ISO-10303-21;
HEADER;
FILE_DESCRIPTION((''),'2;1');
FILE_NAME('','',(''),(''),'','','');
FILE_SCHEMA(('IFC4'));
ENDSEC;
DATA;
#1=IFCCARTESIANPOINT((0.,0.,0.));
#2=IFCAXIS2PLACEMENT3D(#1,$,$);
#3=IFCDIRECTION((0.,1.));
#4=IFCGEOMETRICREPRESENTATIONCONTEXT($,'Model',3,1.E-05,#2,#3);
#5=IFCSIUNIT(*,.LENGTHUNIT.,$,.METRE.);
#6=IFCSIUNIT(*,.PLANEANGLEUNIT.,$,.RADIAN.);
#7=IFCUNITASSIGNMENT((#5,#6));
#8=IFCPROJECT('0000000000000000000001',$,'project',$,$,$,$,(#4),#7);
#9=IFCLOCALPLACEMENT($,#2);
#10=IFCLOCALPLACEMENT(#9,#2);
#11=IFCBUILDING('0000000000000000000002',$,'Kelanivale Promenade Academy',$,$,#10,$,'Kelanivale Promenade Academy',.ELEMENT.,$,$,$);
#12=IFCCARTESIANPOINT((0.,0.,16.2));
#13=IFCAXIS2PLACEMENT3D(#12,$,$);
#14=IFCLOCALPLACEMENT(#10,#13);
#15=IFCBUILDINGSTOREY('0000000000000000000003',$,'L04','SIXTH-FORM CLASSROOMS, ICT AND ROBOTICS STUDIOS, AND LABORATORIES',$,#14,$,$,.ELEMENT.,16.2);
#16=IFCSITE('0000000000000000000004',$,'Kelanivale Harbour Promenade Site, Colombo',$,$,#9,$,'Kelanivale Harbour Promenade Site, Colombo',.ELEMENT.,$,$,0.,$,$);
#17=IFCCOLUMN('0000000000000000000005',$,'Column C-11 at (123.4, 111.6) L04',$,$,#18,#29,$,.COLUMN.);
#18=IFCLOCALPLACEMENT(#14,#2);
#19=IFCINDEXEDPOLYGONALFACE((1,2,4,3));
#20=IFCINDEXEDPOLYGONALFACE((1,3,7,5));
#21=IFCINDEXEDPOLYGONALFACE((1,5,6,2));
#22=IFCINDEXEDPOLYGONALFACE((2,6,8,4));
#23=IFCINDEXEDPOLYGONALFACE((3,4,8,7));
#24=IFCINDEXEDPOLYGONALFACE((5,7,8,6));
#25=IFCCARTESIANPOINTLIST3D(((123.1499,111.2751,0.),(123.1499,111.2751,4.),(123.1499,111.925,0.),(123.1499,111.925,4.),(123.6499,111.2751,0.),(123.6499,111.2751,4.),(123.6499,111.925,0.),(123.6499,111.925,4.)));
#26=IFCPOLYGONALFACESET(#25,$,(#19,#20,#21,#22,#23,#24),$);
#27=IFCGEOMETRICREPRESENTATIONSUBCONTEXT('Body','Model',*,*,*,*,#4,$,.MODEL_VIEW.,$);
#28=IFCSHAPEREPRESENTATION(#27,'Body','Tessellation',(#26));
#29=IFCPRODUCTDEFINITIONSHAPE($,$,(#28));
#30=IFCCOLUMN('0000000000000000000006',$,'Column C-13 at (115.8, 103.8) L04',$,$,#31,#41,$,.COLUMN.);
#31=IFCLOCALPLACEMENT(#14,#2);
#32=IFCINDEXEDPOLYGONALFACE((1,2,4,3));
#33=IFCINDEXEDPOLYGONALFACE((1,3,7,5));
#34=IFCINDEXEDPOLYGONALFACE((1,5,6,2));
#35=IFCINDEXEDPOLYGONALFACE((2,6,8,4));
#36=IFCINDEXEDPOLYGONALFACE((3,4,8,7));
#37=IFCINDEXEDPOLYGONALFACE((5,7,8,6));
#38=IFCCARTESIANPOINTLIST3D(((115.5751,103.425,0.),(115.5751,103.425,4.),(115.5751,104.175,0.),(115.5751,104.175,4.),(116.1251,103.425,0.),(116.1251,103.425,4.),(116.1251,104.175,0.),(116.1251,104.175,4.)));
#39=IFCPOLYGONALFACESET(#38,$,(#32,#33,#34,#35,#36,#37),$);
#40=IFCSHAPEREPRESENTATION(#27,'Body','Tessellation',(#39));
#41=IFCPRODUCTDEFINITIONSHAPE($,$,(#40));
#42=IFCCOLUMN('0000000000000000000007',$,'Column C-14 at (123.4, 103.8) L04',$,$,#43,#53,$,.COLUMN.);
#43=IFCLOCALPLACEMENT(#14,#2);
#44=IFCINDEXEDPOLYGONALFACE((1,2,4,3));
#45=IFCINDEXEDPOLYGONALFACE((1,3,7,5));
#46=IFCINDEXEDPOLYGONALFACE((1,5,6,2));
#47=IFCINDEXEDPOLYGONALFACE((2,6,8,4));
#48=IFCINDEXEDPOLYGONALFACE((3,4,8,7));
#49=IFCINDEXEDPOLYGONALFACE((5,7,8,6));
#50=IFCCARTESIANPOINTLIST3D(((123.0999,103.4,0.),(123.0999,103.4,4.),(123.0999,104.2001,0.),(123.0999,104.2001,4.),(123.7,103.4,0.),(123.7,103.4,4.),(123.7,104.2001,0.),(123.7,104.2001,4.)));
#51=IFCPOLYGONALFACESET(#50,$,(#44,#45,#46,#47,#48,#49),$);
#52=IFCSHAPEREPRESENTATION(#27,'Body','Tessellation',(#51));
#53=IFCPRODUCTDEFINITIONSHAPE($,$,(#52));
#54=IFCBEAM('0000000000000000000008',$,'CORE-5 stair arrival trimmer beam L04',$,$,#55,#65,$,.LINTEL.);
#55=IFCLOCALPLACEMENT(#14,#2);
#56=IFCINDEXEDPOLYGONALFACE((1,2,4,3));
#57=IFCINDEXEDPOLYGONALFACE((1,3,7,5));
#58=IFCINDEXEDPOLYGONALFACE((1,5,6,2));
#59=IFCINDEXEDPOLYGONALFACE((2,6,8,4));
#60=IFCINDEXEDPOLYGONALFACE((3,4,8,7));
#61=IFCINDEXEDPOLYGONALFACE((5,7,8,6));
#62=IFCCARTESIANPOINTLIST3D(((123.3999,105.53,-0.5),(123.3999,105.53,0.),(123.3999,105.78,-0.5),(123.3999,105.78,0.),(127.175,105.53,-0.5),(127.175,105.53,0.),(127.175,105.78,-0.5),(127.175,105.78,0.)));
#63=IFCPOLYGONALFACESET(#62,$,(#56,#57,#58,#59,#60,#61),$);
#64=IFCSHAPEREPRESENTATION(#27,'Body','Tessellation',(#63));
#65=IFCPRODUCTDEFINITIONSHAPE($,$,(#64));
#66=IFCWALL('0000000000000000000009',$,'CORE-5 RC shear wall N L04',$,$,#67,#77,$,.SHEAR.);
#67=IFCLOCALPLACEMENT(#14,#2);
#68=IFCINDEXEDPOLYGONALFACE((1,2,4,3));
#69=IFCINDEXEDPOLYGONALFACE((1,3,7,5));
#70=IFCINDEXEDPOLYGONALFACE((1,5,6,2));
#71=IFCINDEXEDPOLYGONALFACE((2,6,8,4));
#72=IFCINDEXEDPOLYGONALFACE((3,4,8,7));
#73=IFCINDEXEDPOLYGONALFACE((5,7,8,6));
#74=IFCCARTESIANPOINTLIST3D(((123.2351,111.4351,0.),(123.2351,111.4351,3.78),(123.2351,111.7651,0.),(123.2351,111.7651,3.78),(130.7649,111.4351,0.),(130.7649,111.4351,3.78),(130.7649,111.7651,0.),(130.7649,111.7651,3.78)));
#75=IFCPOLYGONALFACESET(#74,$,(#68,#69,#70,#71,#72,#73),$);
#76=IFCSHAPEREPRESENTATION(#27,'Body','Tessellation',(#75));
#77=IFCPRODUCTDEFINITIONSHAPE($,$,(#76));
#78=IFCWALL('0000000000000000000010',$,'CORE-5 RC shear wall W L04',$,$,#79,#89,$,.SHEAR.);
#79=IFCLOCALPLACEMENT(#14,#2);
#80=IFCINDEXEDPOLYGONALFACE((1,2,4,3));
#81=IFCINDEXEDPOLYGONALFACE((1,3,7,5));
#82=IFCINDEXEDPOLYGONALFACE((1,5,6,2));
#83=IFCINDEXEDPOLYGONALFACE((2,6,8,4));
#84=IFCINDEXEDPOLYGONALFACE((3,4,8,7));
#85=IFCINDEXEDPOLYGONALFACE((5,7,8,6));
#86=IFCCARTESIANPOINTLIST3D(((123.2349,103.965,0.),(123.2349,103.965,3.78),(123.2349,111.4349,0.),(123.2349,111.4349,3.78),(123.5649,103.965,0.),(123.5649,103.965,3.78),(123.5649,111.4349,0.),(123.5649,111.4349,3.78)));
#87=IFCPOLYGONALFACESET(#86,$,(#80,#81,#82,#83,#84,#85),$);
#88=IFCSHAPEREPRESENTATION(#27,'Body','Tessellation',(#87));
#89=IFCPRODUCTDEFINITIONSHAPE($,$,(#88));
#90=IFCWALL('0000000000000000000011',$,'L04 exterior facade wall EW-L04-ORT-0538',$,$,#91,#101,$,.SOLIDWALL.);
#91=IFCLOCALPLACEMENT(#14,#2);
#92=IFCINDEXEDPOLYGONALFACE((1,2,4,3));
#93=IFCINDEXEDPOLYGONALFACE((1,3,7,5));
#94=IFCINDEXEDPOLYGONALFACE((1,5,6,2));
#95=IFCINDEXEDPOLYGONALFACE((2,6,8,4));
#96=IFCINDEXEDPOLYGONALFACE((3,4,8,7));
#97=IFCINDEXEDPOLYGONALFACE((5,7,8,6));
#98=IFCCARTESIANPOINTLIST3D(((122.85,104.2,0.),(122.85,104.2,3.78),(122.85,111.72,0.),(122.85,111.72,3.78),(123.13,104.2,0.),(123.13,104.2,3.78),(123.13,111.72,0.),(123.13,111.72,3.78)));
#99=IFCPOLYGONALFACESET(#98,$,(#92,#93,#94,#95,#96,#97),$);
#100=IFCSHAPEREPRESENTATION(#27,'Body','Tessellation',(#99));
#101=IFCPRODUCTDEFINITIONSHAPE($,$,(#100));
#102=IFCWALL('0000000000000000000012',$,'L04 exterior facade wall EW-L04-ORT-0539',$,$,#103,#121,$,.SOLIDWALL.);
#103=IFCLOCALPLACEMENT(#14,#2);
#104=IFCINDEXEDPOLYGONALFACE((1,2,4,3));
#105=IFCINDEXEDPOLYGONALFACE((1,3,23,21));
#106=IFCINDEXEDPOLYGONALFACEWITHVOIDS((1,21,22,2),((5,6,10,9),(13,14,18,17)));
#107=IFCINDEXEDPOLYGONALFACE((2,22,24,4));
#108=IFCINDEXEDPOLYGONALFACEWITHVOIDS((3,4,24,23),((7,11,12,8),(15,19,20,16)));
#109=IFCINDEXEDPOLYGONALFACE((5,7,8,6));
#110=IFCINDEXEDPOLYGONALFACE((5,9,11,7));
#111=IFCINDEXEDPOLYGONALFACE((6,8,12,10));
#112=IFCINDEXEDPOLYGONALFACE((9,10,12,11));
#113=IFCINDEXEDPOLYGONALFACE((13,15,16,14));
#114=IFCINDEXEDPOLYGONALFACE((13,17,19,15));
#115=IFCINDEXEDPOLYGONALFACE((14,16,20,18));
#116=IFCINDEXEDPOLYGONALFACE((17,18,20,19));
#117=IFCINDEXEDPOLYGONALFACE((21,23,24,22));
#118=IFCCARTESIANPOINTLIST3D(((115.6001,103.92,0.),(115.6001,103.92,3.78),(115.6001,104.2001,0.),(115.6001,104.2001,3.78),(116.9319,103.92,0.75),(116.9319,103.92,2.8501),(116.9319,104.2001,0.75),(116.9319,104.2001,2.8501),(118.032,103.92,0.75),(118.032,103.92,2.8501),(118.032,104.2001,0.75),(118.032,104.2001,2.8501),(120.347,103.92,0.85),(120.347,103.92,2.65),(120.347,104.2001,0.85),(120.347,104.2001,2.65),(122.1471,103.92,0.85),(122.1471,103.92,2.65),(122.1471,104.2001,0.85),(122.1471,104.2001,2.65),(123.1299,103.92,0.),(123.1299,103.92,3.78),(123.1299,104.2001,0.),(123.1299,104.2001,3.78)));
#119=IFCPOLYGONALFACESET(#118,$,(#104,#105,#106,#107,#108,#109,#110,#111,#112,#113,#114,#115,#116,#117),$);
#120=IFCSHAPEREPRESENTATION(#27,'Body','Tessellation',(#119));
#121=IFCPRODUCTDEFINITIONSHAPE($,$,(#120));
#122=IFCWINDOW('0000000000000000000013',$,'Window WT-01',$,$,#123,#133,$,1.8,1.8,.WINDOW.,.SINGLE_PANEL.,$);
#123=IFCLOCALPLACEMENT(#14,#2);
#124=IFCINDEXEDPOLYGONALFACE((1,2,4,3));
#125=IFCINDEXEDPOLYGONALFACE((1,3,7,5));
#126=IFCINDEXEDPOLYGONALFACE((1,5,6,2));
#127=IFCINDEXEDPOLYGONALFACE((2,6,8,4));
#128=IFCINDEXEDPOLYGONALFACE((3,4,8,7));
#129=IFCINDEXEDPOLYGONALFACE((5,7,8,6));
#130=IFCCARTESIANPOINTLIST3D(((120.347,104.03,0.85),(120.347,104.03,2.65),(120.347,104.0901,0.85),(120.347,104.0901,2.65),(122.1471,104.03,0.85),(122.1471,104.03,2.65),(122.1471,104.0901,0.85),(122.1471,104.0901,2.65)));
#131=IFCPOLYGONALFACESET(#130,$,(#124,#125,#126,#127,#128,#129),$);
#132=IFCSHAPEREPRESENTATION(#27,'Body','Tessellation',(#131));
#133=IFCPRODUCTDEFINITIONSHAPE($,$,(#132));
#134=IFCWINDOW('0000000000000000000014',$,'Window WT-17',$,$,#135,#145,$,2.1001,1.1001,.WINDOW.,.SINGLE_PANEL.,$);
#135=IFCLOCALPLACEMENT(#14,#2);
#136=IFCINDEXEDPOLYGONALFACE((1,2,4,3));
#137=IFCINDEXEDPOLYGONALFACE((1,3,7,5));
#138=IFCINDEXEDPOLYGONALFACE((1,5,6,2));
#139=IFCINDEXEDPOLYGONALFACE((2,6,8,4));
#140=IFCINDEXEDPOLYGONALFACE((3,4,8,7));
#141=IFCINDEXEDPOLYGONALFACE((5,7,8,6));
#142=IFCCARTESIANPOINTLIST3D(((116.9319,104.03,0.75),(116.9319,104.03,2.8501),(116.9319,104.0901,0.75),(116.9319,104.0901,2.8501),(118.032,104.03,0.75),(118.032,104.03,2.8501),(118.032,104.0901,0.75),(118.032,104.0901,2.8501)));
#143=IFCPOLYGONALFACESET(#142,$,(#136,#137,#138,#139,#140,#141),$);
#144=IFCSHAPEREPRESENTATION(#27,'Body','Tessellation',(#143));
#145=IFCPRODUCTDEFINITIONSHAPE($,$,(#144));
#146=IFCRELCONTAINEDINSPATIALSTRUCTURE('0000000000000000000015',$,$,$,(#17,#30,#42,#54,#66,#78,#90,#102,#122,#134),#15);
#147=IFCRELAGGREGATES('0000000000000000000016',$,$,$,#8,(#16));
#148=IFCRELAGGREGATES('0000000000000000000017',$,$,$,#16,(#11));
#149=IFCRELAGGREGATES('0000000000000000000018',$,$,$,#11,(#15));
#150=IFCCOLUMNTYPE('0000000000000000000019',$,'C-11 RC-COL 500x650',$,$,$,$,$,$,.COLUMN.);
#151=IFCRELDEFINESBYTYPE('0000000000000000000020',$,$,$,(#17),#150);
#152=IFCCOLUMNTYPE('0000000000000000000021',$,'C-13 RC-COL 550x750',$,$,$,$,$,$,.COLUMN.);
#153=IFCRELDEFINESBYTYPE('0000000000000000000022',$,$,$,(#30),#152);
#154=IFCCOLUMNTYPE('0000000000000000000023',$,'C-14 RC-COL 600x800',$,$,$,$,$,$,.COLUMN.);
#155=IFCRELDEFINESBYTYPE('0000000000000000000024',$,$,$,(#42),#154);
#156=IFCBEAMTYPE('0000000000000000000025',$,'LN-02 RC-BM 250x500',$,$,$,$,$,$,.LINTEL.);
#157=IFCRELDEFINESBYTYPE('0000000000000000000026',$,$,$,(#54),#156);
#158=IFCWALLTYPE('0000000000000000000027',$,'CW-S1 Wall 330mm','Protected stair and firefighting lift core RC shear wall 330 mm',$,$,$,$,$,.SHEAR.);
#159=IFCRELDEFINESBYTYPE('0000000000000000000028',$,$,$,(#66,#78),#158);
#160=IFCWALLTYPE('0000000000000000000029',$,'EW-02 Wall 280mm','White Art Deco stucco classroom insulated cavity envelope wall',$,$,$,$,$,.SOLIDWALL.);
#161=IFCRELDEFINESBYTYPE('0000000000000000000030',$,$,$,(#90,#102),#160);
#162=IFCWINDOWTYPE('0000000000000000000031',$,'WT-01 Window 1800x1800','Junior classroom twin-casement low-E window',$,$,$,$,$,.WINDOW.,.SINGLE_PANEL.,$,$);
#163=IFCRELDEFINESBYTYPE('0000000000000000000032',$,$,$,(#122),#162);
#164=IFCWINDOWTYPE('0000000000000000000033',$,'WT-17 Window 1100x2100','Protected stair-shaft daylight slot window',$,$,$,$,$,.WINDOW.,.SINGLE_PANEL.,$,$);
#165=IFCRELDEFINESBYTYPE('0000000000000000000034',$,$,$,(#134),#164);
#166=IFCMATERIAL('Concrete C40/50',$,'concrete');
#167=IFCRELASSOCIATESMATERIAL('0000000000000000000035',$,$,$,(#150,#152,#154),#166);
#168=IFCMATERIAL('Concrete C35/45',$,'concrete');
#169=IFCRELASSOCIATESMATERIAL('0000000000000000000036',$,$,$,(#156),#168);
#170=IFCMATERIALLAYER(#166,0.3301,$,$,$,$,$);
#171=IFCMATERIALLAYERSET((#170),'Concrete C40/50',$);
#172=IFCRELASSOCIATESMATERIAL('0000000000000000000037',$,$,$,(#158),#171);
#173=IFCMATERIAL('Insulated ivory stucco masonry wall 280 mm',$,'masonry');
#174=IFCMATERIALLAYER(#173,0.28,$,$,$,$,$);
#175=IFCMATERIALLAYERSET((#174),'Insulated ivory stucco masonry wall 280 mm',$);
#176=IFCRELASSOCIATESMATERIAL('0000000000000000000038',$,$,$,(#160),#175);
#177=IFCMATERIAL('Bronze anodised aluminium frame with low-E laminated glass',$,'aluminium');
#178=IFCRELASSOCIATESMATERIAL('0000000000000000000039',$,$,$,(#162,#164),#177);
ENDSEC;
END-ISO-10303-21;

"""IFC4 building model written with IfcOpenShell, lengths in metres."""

from ifc_helpers import new_model, si_unit, direction, frame, frame_2d, origin, origin_2d, place, context, subcontext, project, spatial, rectangle, extrude, material, layer, layer_set, material_profile, profile_set, type_object, element, fill, save


model = new_model("IFC4")

# Units and contexts
model_context = context("Model", 3, precision=1e-05, world=origin(), true_north=direction((0.0, 1.0)))
body_context = subcontext(model_context, "Body", "Model", "MODEL_VIEW")
ifc_project = project(units=[si_unit("LENGTHUNIT", "METRE"), si_unit("PLANEANGLEUNIT", "RADIAN")], contexts=[model_context])

# Site, building, storey
site_placement = place(None, origin())
site = spatial("IfcSite", under=ifc_project, at=site_placement, Name="Kelanivale Harbour Promenade Site, Colombo", LongName="Kelanivale Harbour Promenade Site, Colombo", CompositionType="ELEMENT", RefElevation=0.0)
building_placement = place(site_placement, origin())
building = spatial("IfcBuilding", under=site, at=building_placement, Name="Kelanivale Promenade Academy", LongName="Kelanivale Promenade Academy", CompositionType="ELEMENT")
storey_placement = place(building_placement, frame((0.0, 0.0, 16.2)))
storey = spatial("IfcBuildingStorey", under=building, at=storey_placement, Name="L04", Description="SIXTH-FORM CLASSROOMS, ICT AND ROBOTICS STUDIOS, AND LABORATORIES", CompositionType="ELEMENT", Elevation=16.2)

# Columns
ifc_material_1 = material(Name="Concrete C40/50", Category="concrete")
ifc_material_profile_1 = material_profile(ifc_material_1, rectangle(XDim=0.5, YDim=0.6499, at=origin_2d()), Name="RC-COL 500x650")
ifc_profile_set_1 = profile_set([ifc_material_profile_1], Name="Concrete C40/50")
column_type_1 = type_object("IfcColumnType", Name="C-11 RC-COL 500x650", PredefinedType="COLUMN", material=ifc_profile_set_1)
column_1_placement = place(storey_placement, frame((123.3999, 111.6001, 0.0), z_axis=(0.0, 0.0, 1.0), x_axis=(1.0, 0.0, 0.0)))
element("IfcColumn", 1, at=column_1_placement, inside=storey, type_object=column_type_1, Name="Column C-11 at (123.4, 111.6) L04", PredefinedType="COLUMN", context=body_context, shape_type="SweptSolid", body=[
    extrude(rectangle(XDim=0.5, YDim=0.6499, at=origin_2d()), origin(), (0.0, 0.0, 1.0), 4.0),
])
ifc_material_profile_2 = material_profile(ifc_material_1, rectangle(XDim=0.55, YDim=0.75, at=origin_2d()), Name="RC-COL 550x750")
ifc_profile_set_2 = profile_set([ifc_material_profile_2], Name="Concrete C40/50")
column_type_2 = type_object("IfcColumnType", Name="C-13 RC-COL 550x750", PredefinedType="COLUMN", material=ifc_profile_set_2)
column_2_placement = place(storey_placement, frame((115.8501, 103.8, 0.0), z_axis=(0.0, 0.0, 1.0), x_axis=(1.0, 0.0, 0.0)))
element("IfcColumn", 2, at=column_2_placement, inside=storey, type_object=column_type_2, Name="Column C-13 at (115.8, 103.8) L04", PredefinedType="COLUMN", context=body_context, shape_type="SweptSolid", body=[
    extrude(rectangle(XDim=0.55, YDim=0.75, at=origin_2d()), origin(), (0.0, 0.0, 1.0), 4.0),
])
ifc_material_profile_3 = material_profile(ifc_material_1, rectangle(XDim=0.6001, YDim=0.8, at=origin_2d()), Name="RC-COL 600x800")
ifc_profile_set_3 = profile_set([ifc_material_profile_3], Name="Concrete C40/50")
column_type_3 = type_object("IfcColumnType", Name="C-14 RC-COL 600x800", PredefinedType="COLUMN", material=ifc_profile_set_3)
column_3_placement = place(storey_placement, frame((123.3999, 103.8, 0.0), z_axis=(0.0, 0.0, 1.0), x_axis=(1.0, 0.0, 0.0)))
element("IfcColumn", 3, at=column_3_placement, inside=storey, type_object=column_type_3, Name="Column C-14 at (123.4, 103.8) L04", PredefinedType="COLUMN", context=body_context, shape_type="SweptSolid", body=[
    extrude(rectangle(XDim=0.6001, YDim=0.8, at=origin_2d()), origin(), (0.0, 0.0, 1.0), 4.0),
])

# Beam
ifc_material_2 = material(Name="Concrete C35/45", Category="concrete")
ifc_material_profile_4 = material_profile(ifc_material_2, rectangle(XDim=0.25, YDim=0.5, at=origin_2d()), Name="RC-BM 250x500")
ifc_profile_set_4 = profile_set([ifc_material_profile_4], Name="Concrete C35/45")
beam_type = type_object("IfcBeamType", Name="LN-02 RC-BM 250x500", PredefinedType="LINTEL", material=ifc_profile_set_4)
beam_placement = place(storey_placement, frame((123.3999, 105.655, -0.25), z_axis=(1.0, 0.0, 0.0), x_axis=(0.0, 1.0, 0.0)))
element("IfcBeam", 4, at=beam_placement, inside=storey, type_object=beam_type, Name="CORE-5 stair arrival trimmer beam L04", PredefinedType="LINTEL", context=body_context, shape_type="SweptSolid", body=[
    extrude(rectangle(XDim=0.25, YDim=0.5, at=origin_2d()), origin(), (0.0, 0.0, 1.0), 3.7751),
])

# Shared definitions
ifc_layer_1 = layer(ifc_material_1, 0.3301)
ifc_layer_set_1 = layer_set([ifc_layer_1], Name="Concrete C40/50")
wall_type_1 = type_object("IfcWallType", Name="CW-S1 Wall 330mm", Description="Protected stair and firefighting lift core RC shear wall 330 mm", PredefinedType="SHEAR", material=ifc_layer_set_1)

# Walls
wall_1_placement = place(storey_placement, frame((123.2351, 111.6001, 0.0), z_axis=(0.0, 0.0, 1.0), x_axis=(1.0, 0.0, 0.0)))
element("IfcWall", 5, at=wall_1_placement, inside=storey, type_object=wall_type_1, Name="CORE-5 RC shear wall N L04", PredefinedType="SHEAR", context=body_context, shape_type="SweptSolid", body=[
    extrude(rectangle(XDim=7.5298, YDim=0.3301, at=frame_2d((3.7649, 0.0))), origin(), (0.0, 0.0, 1.0), 3.78),
])
wall_2_placement = place(storey_placement, frame((123.3999, 103.9651, 0.0), z_axis=(0.0, 0.0, 1.0), x_axis=(0.0, 1.0, 0.0)))
element("IfcWall", 6, at=wall_2_placement, inside=storey, type_object=wall_type_1, Name="CORE-5 RC shear wall W L04", PredefinedType="SHEAR", context=body_context, shape_type="SweptSolid", body=[
    extrude(rectangle(XDim=7.47, YDim=0.3301, at=frame_2d((3.7349, 0.0))), origin(), (0.0, 0.0, 1.0), 3.78),
])
ifc_material_3 = material(Name="Insulated ivory stucco masonry wall 280 mm", Category="masonry")
ifc_layer_2 = layer(ifc_material_3, 0.28)
ifc_layer_set_2 = layer_set([ifc_layer_2], Name="Insulated ivory stucco masonry wall 280 mm")
wall_type_2 = type_object("IfcWallType", Name="EW-02 Wall 280mm", Description="White Art Deco stucco classroom insulated cavity envelope wall", PredefinedType="SOLIDWALL", material=ifc_layer_set_2)
wall_3_placement = place(storey_placement, frame((122.99, 111.72, 0.0), z_axis=(0.0, 0.0, 1.0), x_axis=(0.0, -1.0, 0.0)))
element("IfcWall", 7, at=wall_3_placement, inside=storey, type_object=wall_type_2, Name="L04 exterior facade wall EW-L04-ORT-0538", PredefinedType="SOLIDWALL", context=body_context, shape_type="SweptSolid", body=[
    extrude(rectangle(XDim=7.52, YDim=0.28, at=frame_2d((3.76, 0.0))), origin(), (0.0, 0.0, 1.0), 3.78),
])

# Wall, openings, windows
wall_4_placement = place(storey_placement, frame((123.1299, 104.0601, 0.0), z_axis=(0.0, 0.0, 1.0), x_axis=(-1.0, 0.0, 0.0)))
wall_4 = element("IfcWall", 8, at=wall_4_placement, inside=storey, type_object=wall_type_2, Name="L04 exterior facade wall EW-L04-ORT-0539", PredefinedType="SOLIDWALL", context=body_context, shape_type="SweptSolid", body=[
    extrude(rectangle(XDim=7.5298, YDim=0.28, at=frame_2d((3.7649, 0.0))), origin(), (0.0, 0.0, 1.0), 3.78),
])
opening_1_placement = place(wall_4_placement, frame((0.9829, 0.0, 0.8501)))
opening_1 = element("IfcOpeningElement", 9, at=opening_1_placement, cuts=wall_4, PredefinedType="OPENING", context=body_context, shape_type="SweptSolid", body=[
    extrude(rectangle(XDim=1.8, YDim=1.8, at=frame_2d((0.8999, 0.8999))), frame((0.0, 0.1499, 0.0), z_axis=(0.0, -1.0, 0.0), x_axis=(1.0, 0.0, 0.0)), (0.0, 0.0, 1.0), 0.3),
])
opening_2_placement = place(wall_4_placement, frame((5.0979, 0.0, 0.75)))
opening_2 = element("IfcOpeningElement", 10, at=opening_2_placement, cuts=wall_4, PredefinedType="OPENING", context=body_context, shape_type="SweptSolid", body=[
    extrude(rectangle(XDim=1.1001, YDim=2.1001, at=frame_2d((0.55, 1.05))), frame((0.0, 0.1499, 0.0), z_axis=(0.0, -1.0, 0.0), x_axis=(1.0, 0.0, 0.0)), (0.0, 0.0, 1.0), 0.3),
])
ifc_material_4 = material(Name="Bronze anodised aluminium frame with low-E laminated glass", Category="aluminium")
window_type_1 = type_object("IfcWindowType", Name="WT-01 Window 1800x1800", Description="Junior classroom twin-casement low-E window", PartitioningType="SINGLE_PANEL", PredefinedType="WINDOW", material=ifc_material_4)
window_1_placement = place(opening_1_placement, origin())
window_1 = element("IfcWindow", 11, at=window_1_placement, inside=storey, type_object=window_type_1, Name="Window WT-01", OverallHeight=1.8, OverallWidth=1.8, PartitioningType="SINGLE_PANEL", PredefinedType="WINDOW", context=body_context, shape_type="SweptSolid", body=[
    extrude(rectangle(XDim=1.8, YDim=1.8, at=frame_2d((0.8999, 0.8999))), frame((0.0, 0.03, 0.0), z_axis=(0.0, -1.0, 0.0), x_axis=(1.0, 0.0, 0.0)), (0.0, 0.0, 1.0), 0.0601),
])
fill(opening_1, window_1)
window_type_2 = type_object("IfcWindowType", Name="WT-17 Window 1100x2100", Description="Protected stair-shaft daylight slot window", PartitioningType="SINGLE_PANEL", PredefinedType="WINDOW", material=ifc_material_4)
window_2_placement = place(opening_2_placement, origin())
window_2 = element("IfcWindow", 12, at=window_2_placement, inside=storey, type_object=window_type_2, Name="Window WT-17", OverallHeight=2.1001, OverallWidth=1.1001, PartitioningType="SINGLE_PANEL", PredefinedType="WINDOW", context=body_context, shape_type="SweptSolid", body=[
    extrude(rectangle(XDim=1.1001, YDim=2.1001, at=frame_2d((0.55, 1.05))), frame((0.0, 0.03, 0.0), z_axis=(0.0, -1.0, 0.0), x_axis=(1.0, 0.0, 0.0)), (0.0, 0.0, 1.0), 0.0601),
])
fill(opening_2, window_2)

save(model, "model.ifc")
